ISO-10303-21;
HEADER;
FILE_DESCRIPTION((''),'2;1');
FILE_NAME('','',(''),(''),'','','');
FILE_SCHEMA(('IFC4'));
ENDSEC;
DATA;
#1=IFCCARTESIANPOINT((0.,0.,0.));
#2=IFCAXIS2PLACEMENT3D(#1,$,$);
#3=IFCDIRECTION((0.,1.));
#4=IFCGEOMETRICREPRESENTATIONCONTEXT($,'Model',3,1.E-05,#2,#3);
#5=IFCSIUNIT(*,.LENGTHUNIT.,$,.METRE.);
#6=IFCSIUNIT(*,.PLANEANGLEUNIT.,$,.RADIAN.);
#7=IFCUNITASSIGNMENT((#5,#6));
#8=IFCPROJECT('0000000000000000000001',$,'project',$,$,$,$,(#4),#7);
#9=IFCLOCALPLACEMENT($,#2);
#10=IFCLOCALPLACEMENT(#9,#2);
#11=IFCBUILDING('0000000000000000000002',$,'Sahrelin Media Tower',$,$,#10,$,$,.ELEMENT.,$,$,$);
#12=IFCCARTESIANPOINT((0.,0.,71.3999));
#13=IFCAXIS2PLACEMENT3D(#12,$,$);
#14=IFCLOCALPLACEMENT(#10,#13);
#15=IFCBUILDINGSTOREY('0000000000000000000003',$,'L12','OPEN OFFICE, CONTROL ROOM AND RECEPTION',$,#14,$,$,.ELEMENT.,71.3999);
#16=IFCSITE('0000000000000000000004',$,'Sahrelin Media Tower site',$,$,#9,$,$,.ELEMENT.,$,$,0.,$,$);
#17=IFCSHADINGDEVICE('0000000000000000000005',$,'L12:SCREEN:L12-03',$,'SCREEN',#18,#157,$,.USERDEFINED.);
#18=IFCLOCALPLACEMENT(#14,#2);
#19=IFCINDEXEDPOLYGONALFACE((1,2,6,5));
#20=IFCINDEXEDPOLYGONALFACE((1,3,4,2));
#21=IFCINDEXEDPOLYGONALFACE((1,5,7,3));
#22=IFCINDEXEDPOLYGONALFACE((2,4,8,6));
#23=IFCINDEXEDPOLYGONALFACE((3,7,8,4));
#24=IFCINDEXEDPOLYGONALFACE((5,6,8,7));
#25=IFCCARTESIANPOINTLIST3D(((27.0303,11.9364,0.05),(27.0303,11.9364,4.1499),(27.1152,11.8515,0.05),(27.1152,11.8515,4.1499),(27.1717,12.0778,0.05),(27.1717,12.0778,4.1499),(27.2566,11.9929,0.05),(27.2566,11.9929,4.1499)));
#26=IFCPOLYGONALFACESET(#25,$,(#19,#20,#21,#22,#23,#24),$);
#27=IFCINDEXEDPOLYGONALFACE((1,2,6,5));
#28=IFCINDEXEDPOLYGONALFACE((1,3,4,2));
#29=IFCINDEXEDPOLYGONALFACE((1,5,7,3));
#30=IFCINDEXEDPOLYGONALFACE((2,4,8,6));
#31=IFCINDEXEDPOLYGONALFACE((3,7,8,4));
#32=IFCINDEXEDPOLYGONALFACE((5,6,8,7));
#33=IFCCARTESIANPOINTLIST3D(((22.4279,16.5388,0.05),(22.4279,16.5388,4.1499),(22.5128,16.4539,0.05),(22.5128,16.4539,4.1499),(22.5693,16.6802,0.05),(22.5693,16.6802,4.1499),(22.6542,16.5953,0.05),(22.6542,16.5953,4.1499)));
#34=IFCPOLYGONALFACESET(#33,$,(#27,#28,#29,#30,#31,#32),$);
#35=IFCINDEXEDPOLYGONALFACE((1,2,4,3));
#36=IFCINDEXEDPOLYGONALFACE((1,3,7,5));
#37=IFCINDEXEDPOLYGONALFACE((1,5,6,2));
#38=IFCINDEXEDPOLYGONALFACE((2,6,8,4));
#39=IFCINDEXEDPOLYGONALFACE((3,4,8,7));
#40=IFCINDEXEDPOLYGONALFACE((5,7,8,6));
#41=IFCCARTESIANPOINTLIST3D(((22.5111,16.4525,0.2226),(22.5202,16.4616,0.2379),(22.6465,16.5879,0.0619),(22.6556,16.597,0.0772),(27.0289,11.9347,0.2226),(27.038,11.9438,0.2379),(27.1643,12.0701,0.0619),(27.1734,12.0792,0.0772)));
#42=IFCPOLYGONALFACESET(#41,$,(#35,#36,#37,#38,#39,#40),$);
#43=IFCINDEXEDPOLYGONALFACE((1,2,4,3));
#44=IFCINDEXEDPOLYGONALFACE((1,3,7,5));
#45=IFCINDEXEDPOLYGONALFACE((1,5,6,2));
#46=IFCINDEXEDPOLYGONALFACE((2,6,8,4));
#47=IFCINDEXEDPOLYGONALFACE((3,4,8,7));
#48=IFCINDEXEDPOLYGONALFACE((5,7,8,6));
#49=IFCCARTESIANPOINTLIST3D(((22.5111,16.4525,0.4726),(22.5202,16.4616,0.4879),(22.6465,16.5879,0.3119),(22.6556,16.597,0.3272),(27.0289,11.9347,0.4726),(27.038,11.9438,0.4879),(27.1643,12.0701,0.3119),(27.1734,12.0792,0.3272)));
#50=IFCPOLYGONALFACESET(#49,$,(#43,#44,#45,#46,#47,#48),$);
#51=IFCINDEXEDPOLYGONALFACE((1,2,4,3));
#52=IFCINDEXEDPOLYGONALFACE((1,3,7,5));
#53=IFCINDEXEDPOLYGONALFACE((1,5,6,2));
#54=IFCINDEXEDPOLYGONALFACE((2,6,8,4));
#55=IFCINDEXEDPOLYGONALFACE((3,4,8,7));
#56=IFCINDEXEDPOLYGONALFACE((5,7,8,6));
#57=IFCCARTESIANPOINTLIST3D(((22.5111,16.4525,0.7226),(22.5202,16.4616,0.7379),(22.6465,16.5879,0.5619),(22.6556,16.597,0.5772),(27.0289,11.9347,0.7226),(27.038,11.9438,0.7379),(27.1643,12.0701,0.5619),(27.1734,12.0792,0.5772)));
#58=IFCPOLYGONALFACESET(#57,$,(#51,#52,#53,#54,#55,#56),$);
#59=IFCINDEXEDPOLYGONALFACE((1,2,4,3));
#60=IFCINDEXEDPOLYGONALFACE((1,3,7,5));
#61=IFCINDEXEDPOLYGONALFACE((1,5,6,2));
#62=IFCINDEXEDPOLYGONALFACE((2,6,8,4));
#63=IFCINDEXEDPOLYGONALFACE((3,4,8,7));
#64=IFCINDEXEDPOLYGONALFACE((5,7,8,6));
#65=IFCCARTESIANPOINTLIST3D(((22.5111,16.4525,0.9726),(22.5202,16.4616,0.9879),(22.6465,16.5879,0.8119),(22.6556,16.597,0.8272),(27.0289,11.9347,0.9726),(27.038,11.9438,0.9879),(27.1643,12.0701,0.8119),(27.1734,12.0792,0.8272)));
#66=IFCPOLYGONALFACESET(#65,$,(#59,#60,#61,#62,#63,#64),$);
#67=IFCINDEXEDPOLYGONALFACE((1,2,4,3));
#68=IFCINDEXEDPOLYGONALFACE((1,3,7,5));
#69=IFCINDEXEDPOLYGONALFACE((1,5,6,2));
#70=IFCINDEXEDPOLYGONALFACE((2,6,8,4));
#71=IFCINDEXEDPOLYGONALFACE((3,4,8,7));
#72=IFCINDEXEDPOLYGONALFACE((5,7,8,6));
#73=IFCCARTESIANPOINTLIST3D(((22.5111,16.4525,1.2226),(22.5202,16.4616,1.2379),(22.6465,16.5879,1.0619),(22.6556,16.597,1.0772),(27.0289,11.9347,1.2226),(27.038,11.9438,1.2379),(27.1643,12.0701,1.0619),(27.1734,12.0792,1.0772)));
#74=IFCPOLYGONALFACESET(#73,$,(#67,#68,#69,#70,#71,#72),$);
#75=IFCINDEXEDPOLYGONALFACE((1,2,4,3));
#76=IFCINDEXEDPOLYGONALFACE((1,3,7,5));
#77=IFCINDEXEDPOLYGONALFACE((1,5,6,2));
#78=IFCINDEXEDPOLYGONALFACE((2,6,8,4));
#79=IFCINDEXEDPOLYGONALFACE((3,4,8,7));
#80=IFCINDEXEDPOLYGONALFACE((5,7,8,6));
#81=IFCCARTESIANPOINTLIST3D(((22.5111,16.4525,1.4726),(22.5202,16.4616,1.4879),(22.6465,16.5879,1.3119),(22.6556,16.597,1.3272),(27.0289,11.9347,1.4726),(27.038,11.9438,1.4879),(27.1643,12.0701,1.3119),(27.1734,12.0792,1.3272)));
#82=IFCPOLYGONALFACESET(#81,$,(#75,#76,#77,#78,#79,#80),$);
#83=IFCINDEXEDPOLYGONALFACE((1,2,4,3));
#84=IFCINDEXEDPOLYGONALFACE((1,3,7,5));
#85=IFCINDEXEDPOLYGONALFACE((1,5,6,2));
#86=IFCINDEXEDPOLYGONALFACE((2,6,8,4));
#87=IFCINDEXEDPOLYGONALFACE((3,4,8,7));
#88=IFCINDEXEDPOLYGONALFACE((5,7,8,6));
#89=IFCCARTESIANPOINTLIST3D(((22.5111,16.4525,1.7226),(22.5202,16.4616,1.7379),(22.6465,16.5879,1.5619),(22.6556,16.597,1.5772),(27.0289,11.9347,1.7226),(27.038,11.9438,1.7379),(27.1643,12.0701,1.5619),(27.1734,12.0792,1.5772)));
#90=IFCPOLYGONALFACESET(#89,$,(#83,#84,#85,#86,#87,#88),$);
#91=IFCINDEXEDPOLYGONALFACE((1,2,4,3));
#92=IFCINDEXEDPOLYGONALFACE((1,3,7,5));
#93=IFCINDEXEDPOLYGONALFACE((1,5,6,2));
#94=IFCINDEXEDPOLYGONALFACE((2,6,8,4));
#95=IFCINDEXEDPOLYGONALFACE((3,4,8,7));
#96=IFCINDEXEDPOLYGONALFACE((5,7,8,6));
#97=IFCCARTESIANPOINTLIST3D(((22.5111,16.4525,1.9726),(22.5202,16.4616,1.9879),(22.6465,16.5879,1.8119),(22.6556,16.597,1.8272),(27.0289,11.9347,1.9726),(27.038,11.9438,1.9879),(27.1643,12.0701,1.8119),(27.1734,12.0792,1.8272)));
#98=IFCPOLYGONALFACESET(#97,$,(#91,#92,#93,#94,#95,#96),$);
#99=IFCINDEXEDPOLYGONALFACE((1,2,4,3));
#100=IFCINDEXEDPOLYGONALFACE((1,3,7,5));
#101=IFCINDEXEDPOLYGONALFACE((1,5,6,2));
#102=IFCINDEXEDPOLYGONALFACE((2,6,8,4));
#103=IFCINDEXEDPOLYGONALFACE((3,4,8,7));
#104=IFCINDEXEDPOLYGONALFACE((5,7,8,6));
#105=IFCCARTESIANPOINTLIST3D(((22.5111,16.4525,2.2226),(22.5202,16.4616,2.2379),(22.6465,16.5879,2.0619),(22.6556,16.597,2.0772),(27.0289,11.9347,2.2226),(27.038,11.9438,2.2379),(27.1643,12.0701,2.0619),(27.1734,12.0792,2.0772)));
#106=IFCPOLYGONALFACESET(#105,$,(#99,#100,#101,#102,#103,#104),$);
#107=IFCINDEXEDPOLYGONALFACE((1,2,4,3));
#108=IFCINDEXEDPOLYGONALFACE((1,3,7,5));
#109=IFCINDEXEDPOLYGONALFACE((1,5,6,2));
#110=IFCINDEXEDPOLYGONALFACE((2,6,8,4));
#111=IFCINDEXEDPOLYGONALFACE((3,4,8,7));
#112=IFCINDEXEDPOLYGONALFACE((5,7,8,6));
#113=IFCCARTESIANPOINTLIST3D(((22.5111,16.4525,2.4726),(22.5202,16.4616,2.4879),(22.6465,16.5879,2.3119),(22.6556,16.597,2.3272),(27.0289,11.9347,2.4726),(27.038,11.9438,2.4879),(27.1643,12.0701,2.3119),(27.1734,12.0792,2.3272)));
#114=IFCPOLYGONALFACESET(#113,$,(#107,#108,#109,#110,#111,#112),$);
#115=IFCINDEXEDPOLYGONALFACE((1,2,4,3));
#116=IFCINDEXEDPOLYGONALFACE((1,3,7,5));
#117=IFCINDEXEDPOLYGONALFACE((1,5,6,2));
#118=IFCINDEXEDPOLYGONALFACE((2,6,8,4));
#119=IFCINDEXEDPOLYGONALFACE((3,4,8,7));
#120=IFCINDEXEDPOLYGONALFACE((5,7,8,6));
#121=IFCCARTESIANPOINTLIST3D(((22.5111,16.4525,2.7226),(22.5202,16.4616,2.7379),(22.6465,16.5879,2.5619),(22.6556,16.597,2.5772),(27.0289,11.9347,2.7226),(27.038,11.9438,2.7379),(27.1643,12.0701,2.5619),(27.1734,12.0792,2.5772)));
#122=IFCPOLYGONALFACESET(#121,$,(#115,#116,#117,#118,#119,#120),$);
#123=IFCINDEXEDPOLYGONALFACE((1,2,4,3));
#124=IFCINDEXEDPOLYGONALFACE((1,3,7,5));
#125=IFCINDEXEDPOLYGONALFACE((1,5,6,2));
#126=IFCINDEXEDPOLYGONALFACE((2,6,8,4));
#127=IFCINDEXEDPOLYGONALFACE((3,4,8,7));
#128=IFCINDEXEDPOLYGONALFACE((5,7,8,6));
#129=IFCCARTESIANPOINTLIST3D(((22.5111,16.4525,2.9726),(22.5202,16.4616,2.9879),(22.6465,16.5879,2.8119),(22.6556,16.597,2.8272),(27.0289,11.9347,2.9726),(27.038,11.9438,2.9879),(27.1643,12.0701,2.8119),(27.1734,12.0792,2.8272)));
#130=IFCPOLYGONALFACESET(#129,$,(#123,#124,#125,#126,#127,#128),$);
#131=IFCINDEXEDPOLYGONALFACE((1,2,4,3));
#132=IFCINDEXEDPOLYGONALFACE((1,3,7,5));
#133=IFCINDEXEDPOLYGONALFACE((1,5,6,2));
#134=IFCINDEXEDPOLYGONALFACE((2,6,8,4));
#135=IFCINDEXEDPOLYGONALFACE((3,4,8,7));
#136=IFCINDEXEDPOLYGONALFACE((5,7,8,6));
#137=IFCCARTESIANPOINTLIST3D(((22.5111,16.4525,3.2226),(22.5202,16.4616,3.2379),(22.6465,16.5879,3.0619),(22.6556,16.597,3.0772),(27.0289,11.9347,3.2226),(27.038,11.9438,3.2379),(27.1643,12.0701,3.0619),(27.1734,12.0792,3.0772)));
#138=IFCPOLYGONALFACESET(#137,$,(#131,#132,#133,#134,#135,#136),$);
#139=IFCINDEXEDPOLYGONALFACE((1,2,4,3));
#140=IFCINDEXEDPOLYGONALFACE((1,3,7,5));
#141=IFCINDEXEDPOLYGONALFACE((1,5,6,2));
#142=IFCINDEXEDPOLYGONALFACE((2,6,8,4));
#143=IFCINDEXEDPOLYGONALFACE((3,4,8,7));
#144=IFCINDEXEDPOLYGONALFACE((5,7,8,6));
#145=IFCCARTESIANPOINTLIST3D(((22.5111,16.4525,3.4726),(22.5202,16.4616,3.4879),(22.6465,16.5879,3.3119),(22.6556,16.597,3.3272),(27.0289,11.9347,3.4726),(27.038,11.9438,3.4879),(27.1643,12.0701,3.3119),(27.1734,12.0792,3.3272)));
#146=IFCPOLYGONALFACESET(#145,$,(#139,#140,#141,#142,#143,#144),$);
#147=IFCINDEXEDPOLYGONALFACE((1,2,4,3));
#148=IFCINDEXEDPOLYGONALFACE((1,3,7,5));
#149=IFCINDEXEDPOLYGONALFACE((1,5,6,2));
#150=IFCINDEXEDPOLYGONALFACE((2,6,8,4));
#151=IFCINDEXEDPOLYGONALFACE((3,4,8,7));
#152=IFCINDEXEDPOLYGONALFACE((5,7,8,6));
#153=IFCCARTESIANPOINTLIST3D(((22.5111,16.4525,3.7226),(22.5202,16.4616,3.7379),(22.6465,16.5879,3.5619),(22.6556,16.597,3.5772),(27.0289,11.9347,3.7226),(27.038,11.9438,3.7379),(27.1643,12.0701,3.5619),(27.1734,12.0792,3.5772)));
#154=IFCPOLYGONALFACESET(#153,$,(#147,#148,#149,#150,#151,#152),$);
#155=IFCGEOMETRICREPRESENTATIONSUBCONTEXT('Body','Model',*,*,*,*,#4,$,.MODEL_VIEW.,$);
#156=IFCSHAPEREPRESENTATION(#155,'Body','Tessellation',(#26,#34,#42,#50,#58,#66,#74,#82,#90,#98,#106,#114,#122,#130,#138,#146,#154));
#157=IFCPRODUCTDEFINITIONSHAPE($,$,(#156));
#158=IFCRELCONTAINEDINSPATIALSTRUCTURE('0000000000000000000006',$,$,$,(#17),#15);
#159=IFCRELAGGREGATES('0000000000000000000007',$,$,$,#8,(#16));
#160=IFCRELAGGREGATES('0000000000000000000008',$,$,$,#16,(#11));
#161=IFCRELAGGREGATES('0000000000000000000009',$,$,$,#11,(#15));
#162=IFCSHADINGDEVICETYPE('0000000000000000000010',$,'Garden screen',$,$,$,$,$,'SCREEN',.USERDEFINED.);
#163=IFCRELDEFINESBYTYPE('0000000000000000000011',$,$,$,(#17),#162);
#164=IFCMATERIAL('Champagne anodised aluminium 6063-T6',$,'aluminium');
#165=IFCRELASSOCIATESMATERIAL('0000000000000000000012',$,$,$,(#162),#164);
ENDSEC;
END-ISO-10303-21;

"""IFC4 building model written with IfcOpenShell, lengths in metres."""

from ifc_helpers import new_model, si_unit, direction, frame, origin, origin_2d, place, context, subcontext, project, spatial, rectangle, extrude, material, type_object, element, save


model = new_model("IFC4")

# Units and contexts
model_context = context("Model", 3, precision=1e-05, world=origin(), true_north=direction((0.0, 1.0)))
body_context = subcontext(model_context, "Body", "Model", "MODEL_VIEW")
ifc_project = project(units=[si_unit("LENGTHUNIT", "METRE"), si_unit("PLANEANGLEUNIT", "RADIAN")], contexts=[model_context])

# Site, building, storey
site_placement = place(None, origin())
site = spatial("IfcSite", under=ifc_project, at=site_placement, Name="Sahrelin Media Tower site", CompositionType="ELEMENT", RefElevation=0.0)
building_placement = place(site_placement, origin())
building = spatial("IfcBuilding", under=site, at=building_placement, Name="Sahrelin Media Tower", CompositionType="ELEMENT")
storey_placement = place(building_placement, frame((0.0, 0.0, 71.3999)))
storey = spatial("IfcBuildingStorey", under=building, at=storey_placement, Name="L12", Description="OPEN OFFICE, CONTROL ROOM AND RECEPTION", CompositionType="ELEMENT", Elevation=71.3999)

# Shared definitions
ifc_material_1 = material(Name="Champagne anodised aluminium 6063-T6", Category="aluminium")

# Shading device
shading_device_type_1 = type_object("IfcShadingDeviceType", Name="Garden screen", ElementType="SCREEN", PredefinedType="USERDEFINED", material=ifc_material_1)
shading_device_1_placement = place(storey_placement, frame((24.7715, 14.1951, 0.0), z_axis=(0.0, 0.0, 1.0), x_axis=(0.707107, -0.707107, 0.0)))
element("IfcShadingDevice", 1, at=shading_device_1_placement, inside=storey, type_object=shading_device_type_1, Name="L12:SCREEN:L12-03", ObjectType="SCREEN", PredefinedType="USERDEFINED", context=body_context, shape_type="SweptSolid", body=[
    extrude(rectangle(XDim=0.1201, YDim=0.2, at=origin_2d()), frame((3.2544, 0.1001, 0.05), z_axis=(0.0, 0.0, 1.0), x_axis=(1.0, 0.0, 0.0)), (0.0, 0.0, 1.0), 4.0999),
    extrude(rectangle(XDim=0.1201, YDim=0.2, at=origin_2d()), frame((-3.2544, 0.1001, 0.05), z_axis=(0.0, 0.0, 1.0), x_axis=(1.0, 0.0, 0.0)), (0.0, 0.0, 1.0), 4.0999),
    extrude(rectangle(XDim=0.25, YDim=0.02, at=origin_2d()), frame((3.1946, 0.1001, 0.1499), z_axis=(-1.0, 0.0, 0.0), x_axis=(0.0, -0.766044, 0.642788)), (0.0, 0.0, 1.0), 6.3892),
    extrude(rectangle(XDim=0.25, YDim=0.02, at=origin_2d()), frame((3.1946, 0.1001, 0.3999), z_axis=(-1.0, 0.0, 0.0), x_axis=(0.0, -0.766044, 0.642788)), (0.0, 0.0, 1.0), 6.3892),
    extrude(rectangle(XDim=0.25, YDim=0.02, at=origin_2d()), frame((3.1946, 0.1001, 0.6499), z_axis=(-1.0, 0.0, 0.0), x_axis=(0.0, -0.766044, 0.642788)), (0.0, 0.0, 1.0), 6.3892),
    extrude(rectangle(XDim=0.25, YDim=0.02, at=origin_2d()), frame((3.1946, 0.1001, 0.8999), z_axis=(-1.0, 0.0, 0.0), x_axis=(0.0, -0.766044, 0.642788)), (0.0, 0.0, 1.0), 6.3892),
    extrude(rectangle(XDim=0.25, YDim=0.02, at=origin_2d()), frame((3.1946, 0.1001, 1.1499), z_axis=(-1.0, 0.0, 0.0), x_axis=(0.0, -0.766044, 0.642788)), (0.0, 0.0, 1.0), 6.3892),
    extrude(rectangle(XDim=0.25, YDim=0.02, at=origin_2d()), frame((3.1946, 0.1001, 1.3999), z_axis=(-1.0, 0.0, 0.0), x_axis=(0.0, -0.766044, 0.642788)), (0.0, 0.0, 1.0), 6.3892),
    extrude(rectangle(XDim=0.25, YDim=0.02, at=origin_2d()), frame((3.1946, 0.1001, 1.6499), z_axis=(-1.0, 0.0, 0.0), x_axis=(0.0, -0.766044, 0.642788)), (0.0, 0.0, 1.0), 6.3892),
    extrude(rectangle(XDim=0.25, YDim=0.02, at=origin_2d()), frame((3.1946, 0.1001, 1.8999), z_axis=(-1.0, 0.0, 0.0), x_axis=(0.0, -0.766044, 0.642788)), (0.0, 0.0, 1.0), 6.3892),
    extrude(rectangle(XDim=0.25, YDim=0.02, at=origin_2d()), frame((3.1946, 0.1001, 2.1499), z_axis=(-1.0, 0.0, 0.0), x_axis=(0.0, -0.766044, 0.642788)), (0.0, 0.0, 1.0), 6.3892),
    extrude(rectangle(XDim=0.25, YDim=0.02, at=origin_2d()), frame((3.1946, 0.1001, 2.3999), z_axis=(-1.0, 0.0, 0.0), x_axis=(0.0, -0.766044, 0.642788)), (0.0, 0.0, 1.0), 6.3892),
    extrude(rectangle(XDim=0.25, YDim=0.02, at=origin_2d()), frame((3.1946, 0.1001, 2.6499), z_axis=(-1.0, 0.0, 0.0), x_axis=(0.0, -0.766044, 0.642788)), (0.0, 0.0, 1.0), 6.3892),
    extrude(rectangle(XDim=0.25, YDim=0.02, at=origin_2d()), frame((3.1946, 0.1001, 2.8999), z_axis=(-1.0, 0.0, 0.0), x_axis=(0.0, -0.766044, 0.642788)), (0.0, 0.0, 1.0), 6.3892),
    extrude(rectangle(XDim=0.25, YDim=0.02, at=origin_2d()), frame((3.1946, 0.1001, 3.1499), z_axis=(-1.0, 0.0, 0.0), x_axis=(0.0, -0.766044, 0.642788)), (0.0, 0.0, 1.0), 6.3892),
    extrude(rectangle(XDim=0.25, YDim=0.02, at=origin_2d()), frame((3.1946, 0.1001, 3.3999), z_axis=(-1.0, 0.0, 0.0), x_axis=(0.0, -0.766044, 0.642788)), (0.0, 0.0, 1.0), 6.3892),
    extrude(rectangle(XDim=0.25, YDim=0.02, at=origin_2d()), frame((3.1946, 0.1001, 3.6499), z_axis=(-1.0, 0.0, 0.0), x_axis=(0.0, -0.766044, 0.642788)), (0.0, 0.0, 1.0), 6.3892),
])

save(model, "model.ifc")
